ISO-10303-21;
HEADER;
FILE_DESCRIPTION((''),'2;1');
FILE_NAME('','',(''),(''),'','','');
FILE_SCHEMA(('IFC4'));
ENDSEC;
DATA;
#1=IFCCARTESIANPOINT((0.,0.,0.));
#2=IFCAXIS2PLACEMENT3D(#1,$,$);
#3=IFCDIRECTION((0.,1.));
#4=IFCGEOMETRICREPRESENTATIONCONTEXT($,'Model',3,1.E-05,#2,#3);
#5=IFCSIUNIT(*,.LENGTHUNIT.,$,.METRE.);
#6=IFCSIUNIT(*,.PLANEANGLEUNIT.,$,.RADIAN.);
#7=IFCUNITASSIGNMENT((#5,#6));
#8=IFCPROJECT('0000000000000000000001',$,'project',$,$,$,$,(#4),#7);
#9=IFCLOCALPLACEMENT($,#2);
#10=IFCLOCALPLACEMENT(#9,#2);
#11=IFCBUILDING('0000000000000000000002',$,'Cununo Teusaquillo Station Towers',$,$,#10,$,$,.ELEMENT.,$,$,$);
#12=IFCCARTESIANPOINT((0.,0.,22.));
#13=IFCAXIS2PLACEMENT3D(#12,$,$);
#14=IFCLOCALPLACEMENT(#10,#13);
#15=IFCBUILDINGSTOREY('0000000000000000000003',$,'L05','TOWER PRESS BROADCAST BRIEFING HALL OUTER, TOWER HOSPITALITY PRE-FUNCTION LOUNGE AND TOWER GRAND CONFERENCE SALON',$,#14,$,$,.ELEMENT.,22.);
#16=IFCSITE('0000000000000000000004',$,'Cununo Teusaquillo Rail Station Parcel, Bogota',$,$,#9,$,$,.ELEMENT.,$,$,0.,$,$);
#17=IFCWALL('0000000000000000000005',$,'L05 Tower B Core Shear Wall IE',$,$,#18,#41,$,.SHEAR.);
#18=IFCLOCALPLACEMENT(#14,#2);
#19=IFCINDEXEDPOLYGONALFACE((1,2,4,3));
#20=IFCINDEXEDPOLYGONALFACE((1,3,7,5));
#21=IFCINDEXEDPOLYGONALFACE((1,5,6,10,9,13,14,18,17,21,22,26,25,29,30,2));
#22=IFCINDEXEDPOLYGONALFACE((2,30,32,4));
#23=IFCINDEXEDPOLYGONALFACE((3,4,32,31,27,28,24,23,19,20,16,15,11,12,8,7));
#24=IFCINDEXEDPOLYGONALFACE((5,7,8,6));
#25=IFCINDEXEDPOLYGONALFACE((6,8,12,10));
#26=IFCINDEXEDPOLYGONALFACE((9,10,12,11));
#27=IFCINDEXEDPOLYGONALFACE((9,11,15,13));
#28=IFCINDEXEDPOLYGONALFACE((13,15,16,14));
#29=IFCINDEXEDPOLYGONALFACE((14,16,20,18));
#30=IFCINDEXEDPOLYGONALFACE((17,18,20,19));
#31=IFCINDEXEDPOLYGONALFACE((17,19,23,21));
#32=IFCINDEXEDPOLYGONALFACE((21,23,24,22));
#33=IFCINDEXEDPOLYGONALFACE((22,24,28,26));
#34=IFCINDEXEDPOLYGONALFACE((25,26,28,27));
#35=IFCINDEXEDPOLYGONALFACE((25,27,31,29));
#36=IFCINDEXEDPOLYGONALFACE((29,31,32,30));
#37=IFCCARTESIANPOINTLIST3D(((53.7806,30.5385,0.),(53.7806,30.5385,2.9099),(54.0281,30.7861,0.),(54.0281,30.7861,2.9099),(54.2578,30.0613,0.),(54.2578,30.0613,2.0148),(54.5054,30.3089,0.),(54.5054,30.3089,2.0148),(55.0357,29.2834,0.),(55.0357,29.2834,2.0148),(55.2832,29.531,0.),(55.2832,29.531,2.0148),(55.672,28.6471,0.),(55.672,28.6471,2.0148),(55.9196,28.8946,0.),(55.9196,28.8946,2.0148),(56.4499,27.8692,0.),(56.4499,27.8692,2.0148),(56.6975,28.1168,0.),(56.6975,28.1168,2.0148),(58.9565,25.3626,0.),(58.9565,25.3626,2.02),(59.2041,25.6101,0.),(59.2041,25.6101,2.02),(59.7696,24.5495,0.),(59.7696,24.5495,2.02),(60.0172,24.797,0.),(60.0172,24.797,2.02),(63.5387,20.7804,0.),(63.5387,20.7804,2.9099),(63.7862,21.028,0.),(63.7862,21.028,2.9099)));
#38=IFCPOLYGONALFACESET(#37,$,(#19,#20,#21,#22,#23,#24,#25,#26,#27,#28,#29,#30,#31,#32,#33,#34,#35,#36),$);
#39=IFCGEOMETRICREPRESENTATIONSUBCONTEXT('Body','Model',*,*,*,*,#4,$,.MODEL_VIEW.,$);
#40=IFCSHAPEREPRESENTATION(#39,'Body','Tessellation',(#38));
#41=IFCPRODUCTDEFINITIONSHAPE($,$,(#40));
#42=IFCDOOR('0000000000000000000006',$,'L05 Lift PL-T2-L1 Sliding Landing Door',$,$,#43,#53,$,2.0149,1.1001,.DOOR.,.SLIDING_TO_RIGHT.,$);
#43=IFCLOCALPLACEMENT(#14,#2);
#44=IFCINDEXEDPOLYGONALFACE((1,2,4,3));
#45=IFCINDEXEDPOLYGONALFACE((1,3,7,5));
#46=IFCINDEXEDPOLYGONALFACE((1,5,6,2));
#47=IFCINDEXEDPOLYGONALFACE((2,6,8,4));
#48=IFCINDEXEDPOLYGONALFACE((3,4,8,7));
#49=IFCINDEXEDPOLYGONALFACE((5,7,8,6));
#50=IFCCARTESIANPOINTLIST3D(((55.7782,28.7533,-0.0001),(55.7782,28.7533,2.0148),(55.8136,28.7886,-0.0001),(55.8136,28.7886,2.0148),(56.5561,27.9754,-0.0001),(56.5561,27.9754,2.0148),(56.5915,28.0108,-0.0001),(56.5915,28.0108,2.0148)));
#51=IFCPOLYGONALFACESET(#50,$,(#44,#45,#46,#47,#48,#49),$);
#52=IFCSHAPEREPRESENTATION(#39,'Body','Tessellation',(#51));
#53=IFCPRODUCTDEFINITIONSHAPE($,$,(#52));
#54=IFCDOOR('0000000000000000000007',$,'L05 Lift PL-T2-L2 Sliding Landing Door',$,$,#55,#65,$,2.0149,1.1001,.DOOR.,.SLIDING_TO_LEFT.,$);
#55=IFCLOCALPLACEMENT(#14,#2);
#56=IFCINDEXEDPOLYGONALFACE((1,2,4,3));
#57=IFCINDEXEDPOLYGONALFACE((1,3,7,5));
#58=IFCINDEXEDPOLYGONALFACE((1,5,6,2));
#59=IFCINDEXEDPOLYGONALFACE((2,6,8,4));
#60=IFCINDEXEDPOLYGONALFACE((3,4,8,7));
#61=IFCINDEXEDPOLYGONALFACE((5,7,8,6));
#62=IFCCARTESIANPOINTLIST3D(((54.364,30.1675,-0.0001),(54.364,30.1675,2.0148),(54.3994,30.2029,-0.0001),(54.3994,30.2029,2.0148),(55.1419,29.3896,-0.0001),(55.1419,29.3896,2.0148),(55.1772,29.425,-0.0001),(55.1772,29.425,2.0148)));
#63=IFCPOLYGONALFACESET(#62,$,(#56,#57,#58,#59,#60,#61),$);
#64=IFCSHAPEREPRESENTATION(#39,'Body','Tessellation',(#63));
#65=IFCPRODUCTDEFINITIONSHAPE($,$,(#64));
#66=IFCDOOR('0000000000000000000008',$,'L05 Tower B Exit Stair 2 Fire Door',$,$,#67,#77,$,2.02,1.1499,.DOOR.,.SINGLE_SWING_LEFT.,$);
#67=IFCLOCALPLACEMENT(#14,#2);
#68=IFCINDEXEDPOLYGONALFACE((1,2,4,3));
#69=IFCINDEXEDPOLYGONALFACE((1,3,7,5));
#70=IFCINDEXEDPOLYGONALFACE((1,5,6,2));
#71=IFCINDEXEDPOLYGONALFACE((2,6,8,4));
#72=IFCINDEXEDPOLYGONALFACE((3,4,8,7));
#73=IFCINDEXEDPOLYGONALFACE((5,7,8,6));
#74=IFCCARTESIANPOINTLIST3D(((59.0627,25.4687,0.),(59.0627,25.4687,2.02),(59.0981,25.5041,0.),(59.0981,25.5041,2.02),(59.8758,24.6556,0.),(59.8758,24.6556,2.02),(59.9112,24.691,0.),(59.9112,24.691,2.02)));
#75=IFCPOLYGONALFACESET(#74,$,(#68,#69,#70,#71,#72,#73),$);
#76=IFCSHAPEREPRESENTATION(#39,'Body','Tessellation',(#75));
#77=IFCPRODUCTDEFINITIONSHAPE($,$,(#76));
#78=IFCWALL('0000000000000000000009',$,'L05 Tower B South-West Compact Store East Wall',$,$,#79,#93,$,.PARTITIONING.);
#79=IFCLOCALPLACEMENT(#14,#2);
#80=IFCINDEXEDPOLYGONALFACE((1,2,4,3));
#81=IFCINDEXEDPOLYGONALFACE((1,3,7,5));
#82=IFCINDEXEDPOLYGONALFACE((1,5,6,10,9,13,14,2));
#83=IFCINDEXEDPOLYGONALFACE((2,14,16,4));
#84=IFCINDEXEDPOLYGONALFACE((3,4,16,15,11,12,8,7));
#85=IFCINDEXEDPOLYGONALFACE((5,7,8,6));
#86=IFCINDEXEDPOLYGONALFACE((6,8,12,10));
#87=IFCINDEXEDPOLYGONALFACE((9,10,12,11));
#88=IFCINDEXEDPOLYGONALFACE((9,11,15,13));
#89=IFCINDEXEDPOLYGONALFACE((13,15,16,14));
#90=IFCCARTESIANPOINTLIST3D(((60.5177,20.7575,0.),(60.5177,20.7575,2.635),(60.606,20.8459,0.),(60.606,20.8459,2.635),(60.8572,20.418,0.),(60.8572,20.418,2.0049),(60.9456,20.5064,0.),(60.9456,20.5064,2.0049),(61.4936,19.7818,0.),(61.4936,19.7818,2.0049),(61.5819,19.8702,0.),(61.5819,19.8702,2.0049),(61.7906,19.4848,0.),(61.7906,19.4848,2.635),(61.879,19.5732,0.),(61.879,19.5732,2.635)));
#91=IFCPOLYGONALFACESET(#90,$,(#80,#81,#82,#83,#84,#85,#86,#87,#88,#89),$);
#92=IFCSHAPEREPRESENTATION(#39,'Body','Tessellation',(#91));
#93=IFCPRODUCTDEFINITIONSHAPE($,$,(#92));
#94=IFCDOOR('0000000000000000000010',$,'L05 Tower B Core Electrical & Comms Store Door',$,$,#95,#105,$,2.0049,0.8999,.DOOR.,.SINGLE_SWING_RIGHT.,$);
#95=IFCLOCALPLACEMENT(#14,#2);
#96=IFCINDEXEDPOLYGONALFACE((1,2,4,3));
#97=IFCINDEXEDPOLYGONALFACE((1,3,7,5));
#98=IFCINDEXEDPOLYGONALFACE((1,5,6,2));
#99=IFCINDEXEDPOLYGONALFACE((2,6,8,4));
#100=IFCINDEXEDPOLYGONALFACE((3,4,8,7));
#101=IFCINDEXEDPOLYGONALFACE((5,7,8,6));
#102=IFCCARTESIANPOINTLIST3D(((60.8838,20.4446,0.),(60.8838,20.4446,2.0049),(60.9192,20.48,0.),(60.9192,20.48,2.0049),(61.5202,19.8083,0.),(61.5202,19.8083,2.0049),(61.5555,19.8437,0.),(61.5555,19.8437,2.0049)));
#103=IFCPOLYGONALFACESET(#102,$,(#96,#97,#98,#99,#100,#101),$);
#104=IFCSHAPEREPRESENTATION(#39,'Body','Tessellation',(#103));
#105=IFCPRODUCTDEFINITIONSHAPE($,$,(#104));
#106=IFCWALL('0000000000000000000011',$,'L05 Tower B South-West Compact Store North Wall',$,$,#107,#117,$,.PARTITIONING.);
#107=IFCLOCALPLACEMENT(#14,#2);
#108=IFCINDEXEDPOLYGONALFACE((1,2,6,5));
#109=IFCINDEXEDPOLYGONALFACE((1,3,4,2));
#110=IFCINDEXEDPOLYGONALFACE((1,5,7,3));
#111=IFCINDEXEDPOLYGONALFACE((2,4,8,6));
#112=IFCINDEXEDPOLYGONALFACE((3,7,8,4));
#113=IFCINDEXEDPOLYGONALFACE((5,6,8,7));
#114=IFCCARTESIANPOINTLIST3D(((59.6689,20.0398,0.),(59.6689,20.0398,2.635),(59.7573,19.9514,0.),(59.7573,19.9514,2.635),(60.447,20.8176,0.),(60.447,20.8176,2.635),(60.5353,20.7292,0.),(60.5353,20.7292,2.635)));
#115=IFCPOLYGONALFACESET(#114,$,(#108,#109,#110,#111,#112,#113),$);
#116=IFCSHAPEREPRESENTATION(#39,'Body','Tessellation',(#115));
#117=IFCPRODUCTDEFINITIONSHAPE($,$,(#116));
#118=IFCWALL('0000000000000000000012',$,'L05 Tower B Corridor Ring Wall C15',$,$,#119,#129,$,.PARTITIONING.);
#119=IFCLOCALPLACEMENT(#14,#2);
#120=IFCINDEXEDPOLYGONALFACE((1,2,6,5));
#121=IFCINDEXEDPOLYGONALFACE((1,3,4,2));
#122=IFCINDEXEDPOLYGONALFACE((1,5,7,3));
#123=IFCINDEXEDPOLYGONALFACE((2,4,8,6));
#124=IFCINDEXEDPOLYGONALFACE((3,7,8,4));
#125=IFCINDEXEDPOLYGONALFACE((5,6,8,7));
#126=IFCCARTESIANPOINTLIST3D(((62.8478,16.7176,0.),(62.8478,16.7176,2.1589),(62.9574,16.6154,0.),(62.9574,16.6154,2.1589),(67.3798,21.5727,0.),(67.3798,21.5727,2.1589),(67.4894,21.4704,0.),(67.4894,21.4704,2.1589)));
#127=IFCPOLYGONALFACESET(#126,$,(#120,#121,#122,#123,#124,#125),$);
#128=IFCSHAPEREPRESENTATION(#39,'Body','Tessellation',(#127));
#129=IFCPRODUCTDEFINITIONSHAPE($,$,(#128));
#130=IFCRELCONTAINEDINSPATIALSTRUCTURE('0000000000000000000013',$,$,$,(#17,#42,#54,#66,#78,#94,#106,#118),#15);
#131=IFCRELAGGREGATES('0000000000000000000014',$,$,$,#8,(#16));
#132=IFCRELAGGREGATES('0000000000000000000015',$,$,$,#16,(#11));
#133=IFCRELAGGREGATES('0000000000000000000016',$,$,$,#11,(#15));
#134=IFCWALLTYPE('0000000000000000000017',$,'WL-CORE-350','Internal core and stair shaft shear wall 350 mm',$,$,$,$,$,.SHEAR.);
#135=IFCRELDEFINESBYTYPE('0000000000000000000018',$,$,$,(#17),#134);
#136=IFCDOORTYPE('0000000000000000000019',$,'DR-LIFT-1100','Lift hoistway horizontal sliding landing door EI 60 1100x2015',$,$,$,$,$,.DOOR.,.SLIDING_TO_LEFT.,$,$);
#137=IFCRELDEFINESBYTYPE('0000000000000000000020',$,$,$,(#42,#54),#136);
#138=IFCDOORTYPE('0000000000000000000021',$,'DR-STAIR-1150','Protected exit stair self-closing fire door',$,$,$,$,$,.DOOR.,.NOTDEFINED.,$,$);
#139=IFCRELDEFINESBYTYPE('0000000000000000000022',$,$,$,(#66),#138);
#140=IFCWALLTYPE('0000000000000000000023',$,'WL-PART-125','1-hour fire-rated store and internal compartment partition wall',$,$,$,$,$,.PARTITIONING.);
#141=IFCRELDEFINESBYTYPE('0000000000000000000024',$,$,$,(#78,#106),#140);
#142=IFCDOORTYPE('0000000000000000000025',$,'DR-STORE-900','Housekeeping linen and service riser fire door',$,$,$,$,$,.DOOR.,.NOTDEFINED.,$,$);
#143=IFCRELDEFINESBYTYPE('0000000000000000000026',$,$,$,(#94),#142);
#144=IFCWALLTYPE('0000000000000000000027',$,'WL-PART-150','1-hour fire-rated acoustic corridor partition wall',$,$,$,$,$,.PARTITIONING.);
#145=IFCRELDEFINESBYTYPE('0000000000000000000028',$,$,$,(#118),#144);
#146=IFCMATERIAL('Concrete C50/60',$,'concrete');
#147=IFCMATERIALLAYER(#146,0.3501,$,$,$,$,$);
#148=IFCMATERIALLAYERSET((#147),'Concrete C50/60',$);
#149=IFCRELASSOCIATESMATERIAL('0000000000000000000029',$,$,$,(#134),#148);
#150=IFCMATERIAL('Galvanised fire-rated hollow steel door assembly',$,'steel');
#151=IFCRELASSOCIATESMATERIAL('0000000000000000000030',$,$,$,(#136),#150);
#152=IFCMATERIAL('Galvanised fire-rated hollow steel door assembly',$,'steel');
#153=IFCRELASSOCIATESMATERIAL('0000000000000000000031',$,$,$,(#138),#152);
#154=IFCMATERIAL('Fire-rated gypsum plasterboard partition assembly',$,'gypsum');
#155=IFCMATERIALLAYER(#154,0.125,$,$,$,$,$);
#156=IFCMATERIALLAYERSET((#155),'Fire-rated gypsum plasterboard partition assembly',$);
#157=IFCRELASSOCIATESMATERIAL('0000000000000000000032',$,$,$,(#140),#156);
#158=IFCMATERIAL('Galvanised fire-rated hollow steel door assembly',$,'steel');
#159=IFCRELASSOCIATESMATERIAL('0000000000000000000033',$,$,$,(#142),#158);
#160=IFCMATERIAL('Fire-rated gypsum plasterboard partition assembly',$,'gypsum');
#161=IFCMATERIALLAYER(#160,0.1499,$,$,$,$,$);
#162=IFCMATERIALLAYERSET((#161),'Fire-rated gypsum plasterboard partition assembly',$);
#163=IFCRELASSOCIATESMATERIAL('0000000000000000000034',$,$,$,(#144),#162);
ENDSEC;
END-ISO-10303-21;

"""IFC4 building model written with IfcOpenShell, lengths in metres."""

from ifc_helpers import new_model, si_unit, direction, frame, frame_2d, origin, place, context, subcontext, project, spatial, rectangle, extrude, source, transform, mapped, material, layer, layer_set, type_object, element, fill, save


model = new_model("IFC4")

# Units and contexts
model_context = context("Model", 3, precision=1e-05, world=origin(), true_north=direction((0.0, 1.0)))
body_context = subcontext(model_context, "Body", "Model", "MODEL_VIEW")
ifc_project = project(units=[si_unit("LENGTHUNIT", "METRE"), si_unit("PLANEANGLEUNIT", "RADIAN")], contexts=[model_context])

# Site, building, storey
site_placement = place(None, origin())
site = spatial("IfcSite", under=ifc_project, at=site_placement, Name="Cununo Teusaquillo Rail Station Parcel, Bogota", CompositionType="ELEMENT", RefElevation=0.0)
building_placement = place(site_placement, origin())
building = spatial("IfcBuilding", under=site, at=building_placement, Name="Cununo Teusaquillo Station Towers", CompositionType="ELEMENT")
storey_placement = place(building_placement, frame((0.0, 0.0, 22.0)))
storey = spatial("IfcBuildingStorey", under=building, at=storey_placement, Name="L05", Description="TOWER PRESS BROADCAST BRIEFING HALL OUTER, TOWER HOSPITALITY PRE-FUNCTION LOUNGE AND TOWER GRAND CONFERENCE SALON", CompositionType="ELEMENT", Elevation=22.0)

# Wall, openings, doors
ifc_material_1 = material(Name="Concrete C50/60", Category="concrete")
ifc_layer_1 = layer(ifc_material_1, 0.3501)
ifc_layer_set_1 = layer_set([ifc_layer_1], Name="Concrete C50/60")
wall_type_1 = type_object("IfcWallType", Name="WL-CORE-350", Description="Internal core and stair shaft shear wall 350 mm", PredefinedType="SHEAR", material=ifc_layer_set_1)
shared_shape_1 = source(origin(), body_context, "Body", "SweptSolid", [
    extrude(rectangle(XDim=1.1001, YDim=2.0149, at=frame_2d((0.55, 1.0073))), frame((0.0, 0.1851, 0.0), z_axis=(0.0, -1.0, 0.0), x_axis=(1.0, 0.0, 0.0)), (0.0, 0.0, 1.0), 0.3701),
])
shared_shape_2 = source(origin(), body_context, "Body", "SweptSolid", [
    extrude(rectangle(XDim=1.1499, YDim=2.02, at=frame_2d((0.575, 1.01))), frame((0.0, 0.1851, 0.0), z_axis=(0.0, -1.0, 0.0), x_axis=(1.0, 0.0, 0.0)), (0.0, 0.0, 1.0), 0.3701),
])
ifc_material_2 = material(Name="Galvanised fire-rated hollow steel door assembly", Category="steel")
door_type_1 = type_object("IfcDoorType", Name="DR-LIFT-1100", Description="Lift hoistway horizontal sliding landing door EI 60 1100x2015", OperationType="SLIDING_TO_LEFT", PredefinedType="DOOR", material=ifc_material_2)
shared_shape_3 = source(origin(), body_context, "Body", "SweptSolid", [
    extrude(rectangle(XDim=1.1001, YDim=2.0149, at=frame_2d((0.55, 1.0073))), frame((0.0, 0.0249, 0.0), z_axis=(0.0, -1.0, 0.0), x_axis=(1.0, 0.0, 0.0)), (0.0, 0.0, 1.0), 0.05),
])
ifc_material_3 = material(Name="Galvanised fire-rated hollow steel door assembly", Category="steel")
door_type_2 = type_object("IfcDoorType", Name="DR-STAIR-1150", Description="Protected exit stair self-closing fire door", OperationType="NOTDEFINED", PredefinedType="DOOR", material=ifc_material_3)
shared_shape_4 = source(origin(), body_context, "Body", "SweptSolid", [
    extrude(rectangle(XDim=1.1499, YDim=2.02, at=frame_2d((0.575, 1.01))), frame((0.0, 0.0249, 0.0), z_axis=(0.0, -1.0, 0.0), x_axis=(1.0, 0.0, 0.0)), (0.0, 0.0, 1.0), 0.05),
])
wall_1_placement = place(storey_placement, frame((63.6624, 20.9043, 0.0), z_axis=(0.0, 0.0, 1.0), x_axis=(-0.707107, 0.707107, 0.0)))
wall_1 = element("IfcWall", 1, at=wall_1_placement, inside=storey, type_object=wall_type_1, Name="L05 Tower B Core Shear Wall IE", PredefinedType="SHEAR", context=body_context, shape_type="SweptSolid", body=[
    extrude(rectangle(XDim=13.8, YDim=0.3501, at=frame_2d((6.8999, 0.0))), origin(), (0.0, 0.0, 1.0), 2.9099),
])
opening_1_placement = place(wall_1_placement, frame((10.0249, 0.0, 0.0)))
opening_1 = element("IfcOpeningElement", 2, at=opening_1_placement, cuts=wall_1, PredefinedType="OPENING", context=body_context, shape_type="MappedRepresentation", body=[
    mapped(shared_shape_1, transform((0.0, 0.0, 0.0), x_axis=(1.0, 0.0, 0.0), y_axis=(0.0, 1.0, 0.0), z_axis=(0.0, 0.0, 1.0), scale=1.0)),
])
opening_2_placement = place(wall_1_placement, frame((12.0249, 0.0, 0.0)))
opening_2 = element("IfcOpeningElement", 3, at=opening_2_placement, cuts=wall_1, PredefinedType="OPENING", context=body_context, shape_type="MappedRepresentation", body=[
    mapped(shared_shape_1, transform((0.0, 0.0, 0.0), x_axis=(1.0, 0.0, 0.0), y_axis=(0.0, 1.0, 0.0), z_axis=(0.0, 0.0, 1.0), scale=1.0)),
])
opening_3_placement = place(wall_1_placement, frame((5.3301, 0.0, 0.0)))
opening_3 = element("IfcOpeningElement", 4, at=opening_3_placement, cuts=wall_1, PredefinedType="OPENING", context=body_context, shape_type="MappedRepresentation", body=[
    mapped(shared_shape_2, transform((0.0, 0.0, 0.0), x_axis=(1.0, 0.0, 0.0), y_axis=(0.0, 1.0, 0.0), z_axis=(0.0, 0.0, 1.0), scale=1.0)),
])
door_1_placement = place(opening_1_placement, origin())
door_1 = element("IfcDoor", 5, at=door_1_placement, inside=storey, type_object=door_type_1, Name="L05 Lift PL-T2-L1 Sliding Landing Door", OperationType="SLIDING_TO_RIGHT", OverallHeight=2.0149, OverallWidth=1.1001, PredefinedType="DOOR", context=body_context, shape_type="MappedRepresentation", body=[
    mapped(shared_shape_3, transform((0.0, 0.0, 0.0), x_axis=(1.0, 0.0, 0.0), y_axis=(0.0, 1.0, 0.0), z_axis=(0.0, 0.0, 1.0), scale=1.0)),
])
fill(opening_1, door_1)
door_2_placement = place(opening_2_placement, origin())
door_2 = element("IfcDoor", 6, at=door_2_placement, inside=storey, type_object=door_type_1, Name="L05 Lift PL-T2-L2 Sliding Landing Door", OperationType="SLIDING_TO_LEFT", OverallHeight=2.0149, OverallWidth=1.1001, PredefinedType="DOOR", context=body_context, shape_type="MappedRepresentation", body=[
    mapped(shared_shape_3, transform((0.0, 0.0, 0.0), x_axis=(1.0, 0.0, 0.0), y_axis=(0.0, 1.0, 0.0), z_axis=(0.0, 0.0, 1.0), scale=1.0)),
])
fill(opening_2, door_2)
door_3_placement = place(opening_3_placement, origin())
door_3 = element("IfcDoor", 7, at=door_3_placement, inside=storey, type_object=door_type_2, Name="L05 Tower B Exit Stair 2 Fire Door", OperationType="SINGLE_SWING_LEFT", OverallHeight=2.02, OverallWidth=1.1499, PredefinedType="DOOR", context=body_context, shape_type="MappedRepresentation", body=[
    mapped(shared_shape_4, transform((0.0, 0.0, 0.0), x_axis=(1.0, 0.0, 0.0), y_axis=(0.0, 1.0, 0.0), z_axis=(0.0, 0.0, 1.0), scale=1.0)),
])
fill(opening_3, door_3)

# Wall, opening, door
ifc_material_4 = material(Name="Fire-rated gypsum plasterboard partition assembly", Category="gypsum")
ifc_layer_2 = layer(ifc_material_4, 0.125)
ifc_layer_set_2 = layer_set([ifc_layer_2], Name="Fire-rated gypsum plasterboard partition assembly")
wall_type_2 = type_object("IfcWallType", Name="WL-PART-125", Description="1-hour fire-rated store and internal compartment partition wall", PredefinedType="PARTITIONING", material=ifc_layer_set_2)
wall_2_placement = place(storey_placement, frame((61.8347, 19.5291, 0.0), z_axis=(0.0, 0.0, 1.0), x_axis=(-0.707175, 0.707039, 0.0)))
wall_2 = element("IfcWall", 8, at=wall_2_placement, inside=storey, type_object=wall_type_2, Name="L05 Tower B South-West Compact Store East Wall", PredefinedType="PARTITIONING", context=body_context, shape_type="SweptSolid", body=[
    extrude(rectangle(XDim=1.8, YDim=0.125, at=frame_2d((0.8999, 0.0))), origin(), (0.0, 0.0, 1.0), 2.635),
])
shared_shape_5 = source(origin(), body_context, "Body", "SweptSolid", [
    extrude(rectangle(XDim=0.8999, YDim=2.0049, at=frame_2d((0.45, 1.0024))), frame((0.0, 0.0725, 0.0), z_axis=(0.0, -1.0, 0.0), x_axis=(1.0, 0.0, 0.0)), (0.0, 0.0, 1.0), 0.145),
])
opening_4_placement = place(wall_2_placement, frame((0.4199, 0.0, 0.0)))
opening_4 = element("IfcOpeningElement", 9, at=opening_4_placement, cuts=wall_2, PredefinedType="OPENING", context=body_context, shape_type="MappedRepresentation", body=[
    mapped(shared_shape_5, transform((0.0, 0.0, 0.0), x_axis=(1.0, 0.0, 0.0), y_axis=(0.0, 1.0, 0.0), z_axis=(0.0, 0.0, 1.0), scale=1.0)),
])
ifc_material_5 = material(Name="Galvanised fire-rated hollow steel door assembly", Category="steel")
door_type_3 = type_object("IfcDoorType", Name="DR-STORE-900", Description="Housekeeping linen and service riser fire door", OperationType="NOTDEFINED", PredefinedType="DOOR", material=ifc_material_5)
shared_shape_6 = source(origin(), body_context, "Body", "SweptSolid", [
    extrude(rectangle(XDim=0.8999, YDim=2.0049, at=frame_2d((0.45, 1.0024))), frame((0.0, 0.0249, 0.0), z_axis=(0.0, -1.0, 0.0), x_axis=(1.0, 0.0, 0.0)), (0.0, 0.0, 1.0), 0.05),
])
door_4_placement = place(opening_4_placement, origin())
door_4 = element("IfcDoor", 10, at=door_4_placement, inside=storey, type_object=door_type_3, Name="L05 Tower B Core Electrical & Comms Store Door", OperationType="SINGLE_SWING_RIGHT", OverallHeight=2.0049, OverallWidth=0.8999, PredefinedType="DOOR", context=body_context, shape_type="MappedRepresentation", body=[
    mapped(shared_shape_6, transform((0.0, 0.0, 0.0), x_axis=(1.0, 0.0, 0.0), y_axis=(0.0, 1.0, 0.0), z_axis=(0.0, 0.0, 1.0), scale=1.0)),
])
fill(opening_4, door_4)

# Walls
wall_3_placement = place(storey_placement, frame((59.7131, 19.9956, 0.0), z_axis=(0.0, 0.0, 1.0), x_axis=(0.707218, 0.706996, 0.0)))
element("IfcWall", 11, at=wall_3_placement, inside=storey, type_object=wall_type_2, Name="L05 Tower B South-West Compact Store North Wall", PredefinedType="PARTITIONING", context=body_context, shape_type="SweptSolid", body=[
    extrude(rectangle(XDim=1.1001, YDim=0.125, at=frame_2d((0.55, 0.0))), origin(), (0.0, 0.0, 1.0), 2.635),
])
ifc_material_6 = material(Name="Fire-rated gypsum plasterboard partition assembly", Category="gypsum")
ifc_layer_3 = layer(ifc_material_6, 0.1499)
ifc_layer_set_3 = layer_set([ifc_layer_3], Name="Fire-rated gypsum plasterboard partition assembly")
wall_type_3 = type_object("IfcWallType", Name="WL-PART-150", Description="1-hour fire-rated acoustic corridor partition wall", PredefinedType="PARTITIONING", material=ifc_layer_set_3)
wall_4_placement = place(storey_placement, frame((62.9026, 16.6665, 0.0), z_axis=(0.0, 0.0, 1.0), x_axis=(0.682372, 0.731005, 0.0)))
element("IfcWall", 12, at=wall_4_placement, inside=storey, type_object=wall_type_3, Name="L05 Tower B Corridor Ring Wall C15", PredefinedType="PARTITIONING", context=body_context, shape_type="SweptSolid", body=[
    extrude(rectangle(XDim=6.6416, YDim=0.1499, at=frame_2d((3.3208, 0.0))), origin(), (0.0, 0.0, 1.0), 2.1589),
])

save(model, "model.ifc")
